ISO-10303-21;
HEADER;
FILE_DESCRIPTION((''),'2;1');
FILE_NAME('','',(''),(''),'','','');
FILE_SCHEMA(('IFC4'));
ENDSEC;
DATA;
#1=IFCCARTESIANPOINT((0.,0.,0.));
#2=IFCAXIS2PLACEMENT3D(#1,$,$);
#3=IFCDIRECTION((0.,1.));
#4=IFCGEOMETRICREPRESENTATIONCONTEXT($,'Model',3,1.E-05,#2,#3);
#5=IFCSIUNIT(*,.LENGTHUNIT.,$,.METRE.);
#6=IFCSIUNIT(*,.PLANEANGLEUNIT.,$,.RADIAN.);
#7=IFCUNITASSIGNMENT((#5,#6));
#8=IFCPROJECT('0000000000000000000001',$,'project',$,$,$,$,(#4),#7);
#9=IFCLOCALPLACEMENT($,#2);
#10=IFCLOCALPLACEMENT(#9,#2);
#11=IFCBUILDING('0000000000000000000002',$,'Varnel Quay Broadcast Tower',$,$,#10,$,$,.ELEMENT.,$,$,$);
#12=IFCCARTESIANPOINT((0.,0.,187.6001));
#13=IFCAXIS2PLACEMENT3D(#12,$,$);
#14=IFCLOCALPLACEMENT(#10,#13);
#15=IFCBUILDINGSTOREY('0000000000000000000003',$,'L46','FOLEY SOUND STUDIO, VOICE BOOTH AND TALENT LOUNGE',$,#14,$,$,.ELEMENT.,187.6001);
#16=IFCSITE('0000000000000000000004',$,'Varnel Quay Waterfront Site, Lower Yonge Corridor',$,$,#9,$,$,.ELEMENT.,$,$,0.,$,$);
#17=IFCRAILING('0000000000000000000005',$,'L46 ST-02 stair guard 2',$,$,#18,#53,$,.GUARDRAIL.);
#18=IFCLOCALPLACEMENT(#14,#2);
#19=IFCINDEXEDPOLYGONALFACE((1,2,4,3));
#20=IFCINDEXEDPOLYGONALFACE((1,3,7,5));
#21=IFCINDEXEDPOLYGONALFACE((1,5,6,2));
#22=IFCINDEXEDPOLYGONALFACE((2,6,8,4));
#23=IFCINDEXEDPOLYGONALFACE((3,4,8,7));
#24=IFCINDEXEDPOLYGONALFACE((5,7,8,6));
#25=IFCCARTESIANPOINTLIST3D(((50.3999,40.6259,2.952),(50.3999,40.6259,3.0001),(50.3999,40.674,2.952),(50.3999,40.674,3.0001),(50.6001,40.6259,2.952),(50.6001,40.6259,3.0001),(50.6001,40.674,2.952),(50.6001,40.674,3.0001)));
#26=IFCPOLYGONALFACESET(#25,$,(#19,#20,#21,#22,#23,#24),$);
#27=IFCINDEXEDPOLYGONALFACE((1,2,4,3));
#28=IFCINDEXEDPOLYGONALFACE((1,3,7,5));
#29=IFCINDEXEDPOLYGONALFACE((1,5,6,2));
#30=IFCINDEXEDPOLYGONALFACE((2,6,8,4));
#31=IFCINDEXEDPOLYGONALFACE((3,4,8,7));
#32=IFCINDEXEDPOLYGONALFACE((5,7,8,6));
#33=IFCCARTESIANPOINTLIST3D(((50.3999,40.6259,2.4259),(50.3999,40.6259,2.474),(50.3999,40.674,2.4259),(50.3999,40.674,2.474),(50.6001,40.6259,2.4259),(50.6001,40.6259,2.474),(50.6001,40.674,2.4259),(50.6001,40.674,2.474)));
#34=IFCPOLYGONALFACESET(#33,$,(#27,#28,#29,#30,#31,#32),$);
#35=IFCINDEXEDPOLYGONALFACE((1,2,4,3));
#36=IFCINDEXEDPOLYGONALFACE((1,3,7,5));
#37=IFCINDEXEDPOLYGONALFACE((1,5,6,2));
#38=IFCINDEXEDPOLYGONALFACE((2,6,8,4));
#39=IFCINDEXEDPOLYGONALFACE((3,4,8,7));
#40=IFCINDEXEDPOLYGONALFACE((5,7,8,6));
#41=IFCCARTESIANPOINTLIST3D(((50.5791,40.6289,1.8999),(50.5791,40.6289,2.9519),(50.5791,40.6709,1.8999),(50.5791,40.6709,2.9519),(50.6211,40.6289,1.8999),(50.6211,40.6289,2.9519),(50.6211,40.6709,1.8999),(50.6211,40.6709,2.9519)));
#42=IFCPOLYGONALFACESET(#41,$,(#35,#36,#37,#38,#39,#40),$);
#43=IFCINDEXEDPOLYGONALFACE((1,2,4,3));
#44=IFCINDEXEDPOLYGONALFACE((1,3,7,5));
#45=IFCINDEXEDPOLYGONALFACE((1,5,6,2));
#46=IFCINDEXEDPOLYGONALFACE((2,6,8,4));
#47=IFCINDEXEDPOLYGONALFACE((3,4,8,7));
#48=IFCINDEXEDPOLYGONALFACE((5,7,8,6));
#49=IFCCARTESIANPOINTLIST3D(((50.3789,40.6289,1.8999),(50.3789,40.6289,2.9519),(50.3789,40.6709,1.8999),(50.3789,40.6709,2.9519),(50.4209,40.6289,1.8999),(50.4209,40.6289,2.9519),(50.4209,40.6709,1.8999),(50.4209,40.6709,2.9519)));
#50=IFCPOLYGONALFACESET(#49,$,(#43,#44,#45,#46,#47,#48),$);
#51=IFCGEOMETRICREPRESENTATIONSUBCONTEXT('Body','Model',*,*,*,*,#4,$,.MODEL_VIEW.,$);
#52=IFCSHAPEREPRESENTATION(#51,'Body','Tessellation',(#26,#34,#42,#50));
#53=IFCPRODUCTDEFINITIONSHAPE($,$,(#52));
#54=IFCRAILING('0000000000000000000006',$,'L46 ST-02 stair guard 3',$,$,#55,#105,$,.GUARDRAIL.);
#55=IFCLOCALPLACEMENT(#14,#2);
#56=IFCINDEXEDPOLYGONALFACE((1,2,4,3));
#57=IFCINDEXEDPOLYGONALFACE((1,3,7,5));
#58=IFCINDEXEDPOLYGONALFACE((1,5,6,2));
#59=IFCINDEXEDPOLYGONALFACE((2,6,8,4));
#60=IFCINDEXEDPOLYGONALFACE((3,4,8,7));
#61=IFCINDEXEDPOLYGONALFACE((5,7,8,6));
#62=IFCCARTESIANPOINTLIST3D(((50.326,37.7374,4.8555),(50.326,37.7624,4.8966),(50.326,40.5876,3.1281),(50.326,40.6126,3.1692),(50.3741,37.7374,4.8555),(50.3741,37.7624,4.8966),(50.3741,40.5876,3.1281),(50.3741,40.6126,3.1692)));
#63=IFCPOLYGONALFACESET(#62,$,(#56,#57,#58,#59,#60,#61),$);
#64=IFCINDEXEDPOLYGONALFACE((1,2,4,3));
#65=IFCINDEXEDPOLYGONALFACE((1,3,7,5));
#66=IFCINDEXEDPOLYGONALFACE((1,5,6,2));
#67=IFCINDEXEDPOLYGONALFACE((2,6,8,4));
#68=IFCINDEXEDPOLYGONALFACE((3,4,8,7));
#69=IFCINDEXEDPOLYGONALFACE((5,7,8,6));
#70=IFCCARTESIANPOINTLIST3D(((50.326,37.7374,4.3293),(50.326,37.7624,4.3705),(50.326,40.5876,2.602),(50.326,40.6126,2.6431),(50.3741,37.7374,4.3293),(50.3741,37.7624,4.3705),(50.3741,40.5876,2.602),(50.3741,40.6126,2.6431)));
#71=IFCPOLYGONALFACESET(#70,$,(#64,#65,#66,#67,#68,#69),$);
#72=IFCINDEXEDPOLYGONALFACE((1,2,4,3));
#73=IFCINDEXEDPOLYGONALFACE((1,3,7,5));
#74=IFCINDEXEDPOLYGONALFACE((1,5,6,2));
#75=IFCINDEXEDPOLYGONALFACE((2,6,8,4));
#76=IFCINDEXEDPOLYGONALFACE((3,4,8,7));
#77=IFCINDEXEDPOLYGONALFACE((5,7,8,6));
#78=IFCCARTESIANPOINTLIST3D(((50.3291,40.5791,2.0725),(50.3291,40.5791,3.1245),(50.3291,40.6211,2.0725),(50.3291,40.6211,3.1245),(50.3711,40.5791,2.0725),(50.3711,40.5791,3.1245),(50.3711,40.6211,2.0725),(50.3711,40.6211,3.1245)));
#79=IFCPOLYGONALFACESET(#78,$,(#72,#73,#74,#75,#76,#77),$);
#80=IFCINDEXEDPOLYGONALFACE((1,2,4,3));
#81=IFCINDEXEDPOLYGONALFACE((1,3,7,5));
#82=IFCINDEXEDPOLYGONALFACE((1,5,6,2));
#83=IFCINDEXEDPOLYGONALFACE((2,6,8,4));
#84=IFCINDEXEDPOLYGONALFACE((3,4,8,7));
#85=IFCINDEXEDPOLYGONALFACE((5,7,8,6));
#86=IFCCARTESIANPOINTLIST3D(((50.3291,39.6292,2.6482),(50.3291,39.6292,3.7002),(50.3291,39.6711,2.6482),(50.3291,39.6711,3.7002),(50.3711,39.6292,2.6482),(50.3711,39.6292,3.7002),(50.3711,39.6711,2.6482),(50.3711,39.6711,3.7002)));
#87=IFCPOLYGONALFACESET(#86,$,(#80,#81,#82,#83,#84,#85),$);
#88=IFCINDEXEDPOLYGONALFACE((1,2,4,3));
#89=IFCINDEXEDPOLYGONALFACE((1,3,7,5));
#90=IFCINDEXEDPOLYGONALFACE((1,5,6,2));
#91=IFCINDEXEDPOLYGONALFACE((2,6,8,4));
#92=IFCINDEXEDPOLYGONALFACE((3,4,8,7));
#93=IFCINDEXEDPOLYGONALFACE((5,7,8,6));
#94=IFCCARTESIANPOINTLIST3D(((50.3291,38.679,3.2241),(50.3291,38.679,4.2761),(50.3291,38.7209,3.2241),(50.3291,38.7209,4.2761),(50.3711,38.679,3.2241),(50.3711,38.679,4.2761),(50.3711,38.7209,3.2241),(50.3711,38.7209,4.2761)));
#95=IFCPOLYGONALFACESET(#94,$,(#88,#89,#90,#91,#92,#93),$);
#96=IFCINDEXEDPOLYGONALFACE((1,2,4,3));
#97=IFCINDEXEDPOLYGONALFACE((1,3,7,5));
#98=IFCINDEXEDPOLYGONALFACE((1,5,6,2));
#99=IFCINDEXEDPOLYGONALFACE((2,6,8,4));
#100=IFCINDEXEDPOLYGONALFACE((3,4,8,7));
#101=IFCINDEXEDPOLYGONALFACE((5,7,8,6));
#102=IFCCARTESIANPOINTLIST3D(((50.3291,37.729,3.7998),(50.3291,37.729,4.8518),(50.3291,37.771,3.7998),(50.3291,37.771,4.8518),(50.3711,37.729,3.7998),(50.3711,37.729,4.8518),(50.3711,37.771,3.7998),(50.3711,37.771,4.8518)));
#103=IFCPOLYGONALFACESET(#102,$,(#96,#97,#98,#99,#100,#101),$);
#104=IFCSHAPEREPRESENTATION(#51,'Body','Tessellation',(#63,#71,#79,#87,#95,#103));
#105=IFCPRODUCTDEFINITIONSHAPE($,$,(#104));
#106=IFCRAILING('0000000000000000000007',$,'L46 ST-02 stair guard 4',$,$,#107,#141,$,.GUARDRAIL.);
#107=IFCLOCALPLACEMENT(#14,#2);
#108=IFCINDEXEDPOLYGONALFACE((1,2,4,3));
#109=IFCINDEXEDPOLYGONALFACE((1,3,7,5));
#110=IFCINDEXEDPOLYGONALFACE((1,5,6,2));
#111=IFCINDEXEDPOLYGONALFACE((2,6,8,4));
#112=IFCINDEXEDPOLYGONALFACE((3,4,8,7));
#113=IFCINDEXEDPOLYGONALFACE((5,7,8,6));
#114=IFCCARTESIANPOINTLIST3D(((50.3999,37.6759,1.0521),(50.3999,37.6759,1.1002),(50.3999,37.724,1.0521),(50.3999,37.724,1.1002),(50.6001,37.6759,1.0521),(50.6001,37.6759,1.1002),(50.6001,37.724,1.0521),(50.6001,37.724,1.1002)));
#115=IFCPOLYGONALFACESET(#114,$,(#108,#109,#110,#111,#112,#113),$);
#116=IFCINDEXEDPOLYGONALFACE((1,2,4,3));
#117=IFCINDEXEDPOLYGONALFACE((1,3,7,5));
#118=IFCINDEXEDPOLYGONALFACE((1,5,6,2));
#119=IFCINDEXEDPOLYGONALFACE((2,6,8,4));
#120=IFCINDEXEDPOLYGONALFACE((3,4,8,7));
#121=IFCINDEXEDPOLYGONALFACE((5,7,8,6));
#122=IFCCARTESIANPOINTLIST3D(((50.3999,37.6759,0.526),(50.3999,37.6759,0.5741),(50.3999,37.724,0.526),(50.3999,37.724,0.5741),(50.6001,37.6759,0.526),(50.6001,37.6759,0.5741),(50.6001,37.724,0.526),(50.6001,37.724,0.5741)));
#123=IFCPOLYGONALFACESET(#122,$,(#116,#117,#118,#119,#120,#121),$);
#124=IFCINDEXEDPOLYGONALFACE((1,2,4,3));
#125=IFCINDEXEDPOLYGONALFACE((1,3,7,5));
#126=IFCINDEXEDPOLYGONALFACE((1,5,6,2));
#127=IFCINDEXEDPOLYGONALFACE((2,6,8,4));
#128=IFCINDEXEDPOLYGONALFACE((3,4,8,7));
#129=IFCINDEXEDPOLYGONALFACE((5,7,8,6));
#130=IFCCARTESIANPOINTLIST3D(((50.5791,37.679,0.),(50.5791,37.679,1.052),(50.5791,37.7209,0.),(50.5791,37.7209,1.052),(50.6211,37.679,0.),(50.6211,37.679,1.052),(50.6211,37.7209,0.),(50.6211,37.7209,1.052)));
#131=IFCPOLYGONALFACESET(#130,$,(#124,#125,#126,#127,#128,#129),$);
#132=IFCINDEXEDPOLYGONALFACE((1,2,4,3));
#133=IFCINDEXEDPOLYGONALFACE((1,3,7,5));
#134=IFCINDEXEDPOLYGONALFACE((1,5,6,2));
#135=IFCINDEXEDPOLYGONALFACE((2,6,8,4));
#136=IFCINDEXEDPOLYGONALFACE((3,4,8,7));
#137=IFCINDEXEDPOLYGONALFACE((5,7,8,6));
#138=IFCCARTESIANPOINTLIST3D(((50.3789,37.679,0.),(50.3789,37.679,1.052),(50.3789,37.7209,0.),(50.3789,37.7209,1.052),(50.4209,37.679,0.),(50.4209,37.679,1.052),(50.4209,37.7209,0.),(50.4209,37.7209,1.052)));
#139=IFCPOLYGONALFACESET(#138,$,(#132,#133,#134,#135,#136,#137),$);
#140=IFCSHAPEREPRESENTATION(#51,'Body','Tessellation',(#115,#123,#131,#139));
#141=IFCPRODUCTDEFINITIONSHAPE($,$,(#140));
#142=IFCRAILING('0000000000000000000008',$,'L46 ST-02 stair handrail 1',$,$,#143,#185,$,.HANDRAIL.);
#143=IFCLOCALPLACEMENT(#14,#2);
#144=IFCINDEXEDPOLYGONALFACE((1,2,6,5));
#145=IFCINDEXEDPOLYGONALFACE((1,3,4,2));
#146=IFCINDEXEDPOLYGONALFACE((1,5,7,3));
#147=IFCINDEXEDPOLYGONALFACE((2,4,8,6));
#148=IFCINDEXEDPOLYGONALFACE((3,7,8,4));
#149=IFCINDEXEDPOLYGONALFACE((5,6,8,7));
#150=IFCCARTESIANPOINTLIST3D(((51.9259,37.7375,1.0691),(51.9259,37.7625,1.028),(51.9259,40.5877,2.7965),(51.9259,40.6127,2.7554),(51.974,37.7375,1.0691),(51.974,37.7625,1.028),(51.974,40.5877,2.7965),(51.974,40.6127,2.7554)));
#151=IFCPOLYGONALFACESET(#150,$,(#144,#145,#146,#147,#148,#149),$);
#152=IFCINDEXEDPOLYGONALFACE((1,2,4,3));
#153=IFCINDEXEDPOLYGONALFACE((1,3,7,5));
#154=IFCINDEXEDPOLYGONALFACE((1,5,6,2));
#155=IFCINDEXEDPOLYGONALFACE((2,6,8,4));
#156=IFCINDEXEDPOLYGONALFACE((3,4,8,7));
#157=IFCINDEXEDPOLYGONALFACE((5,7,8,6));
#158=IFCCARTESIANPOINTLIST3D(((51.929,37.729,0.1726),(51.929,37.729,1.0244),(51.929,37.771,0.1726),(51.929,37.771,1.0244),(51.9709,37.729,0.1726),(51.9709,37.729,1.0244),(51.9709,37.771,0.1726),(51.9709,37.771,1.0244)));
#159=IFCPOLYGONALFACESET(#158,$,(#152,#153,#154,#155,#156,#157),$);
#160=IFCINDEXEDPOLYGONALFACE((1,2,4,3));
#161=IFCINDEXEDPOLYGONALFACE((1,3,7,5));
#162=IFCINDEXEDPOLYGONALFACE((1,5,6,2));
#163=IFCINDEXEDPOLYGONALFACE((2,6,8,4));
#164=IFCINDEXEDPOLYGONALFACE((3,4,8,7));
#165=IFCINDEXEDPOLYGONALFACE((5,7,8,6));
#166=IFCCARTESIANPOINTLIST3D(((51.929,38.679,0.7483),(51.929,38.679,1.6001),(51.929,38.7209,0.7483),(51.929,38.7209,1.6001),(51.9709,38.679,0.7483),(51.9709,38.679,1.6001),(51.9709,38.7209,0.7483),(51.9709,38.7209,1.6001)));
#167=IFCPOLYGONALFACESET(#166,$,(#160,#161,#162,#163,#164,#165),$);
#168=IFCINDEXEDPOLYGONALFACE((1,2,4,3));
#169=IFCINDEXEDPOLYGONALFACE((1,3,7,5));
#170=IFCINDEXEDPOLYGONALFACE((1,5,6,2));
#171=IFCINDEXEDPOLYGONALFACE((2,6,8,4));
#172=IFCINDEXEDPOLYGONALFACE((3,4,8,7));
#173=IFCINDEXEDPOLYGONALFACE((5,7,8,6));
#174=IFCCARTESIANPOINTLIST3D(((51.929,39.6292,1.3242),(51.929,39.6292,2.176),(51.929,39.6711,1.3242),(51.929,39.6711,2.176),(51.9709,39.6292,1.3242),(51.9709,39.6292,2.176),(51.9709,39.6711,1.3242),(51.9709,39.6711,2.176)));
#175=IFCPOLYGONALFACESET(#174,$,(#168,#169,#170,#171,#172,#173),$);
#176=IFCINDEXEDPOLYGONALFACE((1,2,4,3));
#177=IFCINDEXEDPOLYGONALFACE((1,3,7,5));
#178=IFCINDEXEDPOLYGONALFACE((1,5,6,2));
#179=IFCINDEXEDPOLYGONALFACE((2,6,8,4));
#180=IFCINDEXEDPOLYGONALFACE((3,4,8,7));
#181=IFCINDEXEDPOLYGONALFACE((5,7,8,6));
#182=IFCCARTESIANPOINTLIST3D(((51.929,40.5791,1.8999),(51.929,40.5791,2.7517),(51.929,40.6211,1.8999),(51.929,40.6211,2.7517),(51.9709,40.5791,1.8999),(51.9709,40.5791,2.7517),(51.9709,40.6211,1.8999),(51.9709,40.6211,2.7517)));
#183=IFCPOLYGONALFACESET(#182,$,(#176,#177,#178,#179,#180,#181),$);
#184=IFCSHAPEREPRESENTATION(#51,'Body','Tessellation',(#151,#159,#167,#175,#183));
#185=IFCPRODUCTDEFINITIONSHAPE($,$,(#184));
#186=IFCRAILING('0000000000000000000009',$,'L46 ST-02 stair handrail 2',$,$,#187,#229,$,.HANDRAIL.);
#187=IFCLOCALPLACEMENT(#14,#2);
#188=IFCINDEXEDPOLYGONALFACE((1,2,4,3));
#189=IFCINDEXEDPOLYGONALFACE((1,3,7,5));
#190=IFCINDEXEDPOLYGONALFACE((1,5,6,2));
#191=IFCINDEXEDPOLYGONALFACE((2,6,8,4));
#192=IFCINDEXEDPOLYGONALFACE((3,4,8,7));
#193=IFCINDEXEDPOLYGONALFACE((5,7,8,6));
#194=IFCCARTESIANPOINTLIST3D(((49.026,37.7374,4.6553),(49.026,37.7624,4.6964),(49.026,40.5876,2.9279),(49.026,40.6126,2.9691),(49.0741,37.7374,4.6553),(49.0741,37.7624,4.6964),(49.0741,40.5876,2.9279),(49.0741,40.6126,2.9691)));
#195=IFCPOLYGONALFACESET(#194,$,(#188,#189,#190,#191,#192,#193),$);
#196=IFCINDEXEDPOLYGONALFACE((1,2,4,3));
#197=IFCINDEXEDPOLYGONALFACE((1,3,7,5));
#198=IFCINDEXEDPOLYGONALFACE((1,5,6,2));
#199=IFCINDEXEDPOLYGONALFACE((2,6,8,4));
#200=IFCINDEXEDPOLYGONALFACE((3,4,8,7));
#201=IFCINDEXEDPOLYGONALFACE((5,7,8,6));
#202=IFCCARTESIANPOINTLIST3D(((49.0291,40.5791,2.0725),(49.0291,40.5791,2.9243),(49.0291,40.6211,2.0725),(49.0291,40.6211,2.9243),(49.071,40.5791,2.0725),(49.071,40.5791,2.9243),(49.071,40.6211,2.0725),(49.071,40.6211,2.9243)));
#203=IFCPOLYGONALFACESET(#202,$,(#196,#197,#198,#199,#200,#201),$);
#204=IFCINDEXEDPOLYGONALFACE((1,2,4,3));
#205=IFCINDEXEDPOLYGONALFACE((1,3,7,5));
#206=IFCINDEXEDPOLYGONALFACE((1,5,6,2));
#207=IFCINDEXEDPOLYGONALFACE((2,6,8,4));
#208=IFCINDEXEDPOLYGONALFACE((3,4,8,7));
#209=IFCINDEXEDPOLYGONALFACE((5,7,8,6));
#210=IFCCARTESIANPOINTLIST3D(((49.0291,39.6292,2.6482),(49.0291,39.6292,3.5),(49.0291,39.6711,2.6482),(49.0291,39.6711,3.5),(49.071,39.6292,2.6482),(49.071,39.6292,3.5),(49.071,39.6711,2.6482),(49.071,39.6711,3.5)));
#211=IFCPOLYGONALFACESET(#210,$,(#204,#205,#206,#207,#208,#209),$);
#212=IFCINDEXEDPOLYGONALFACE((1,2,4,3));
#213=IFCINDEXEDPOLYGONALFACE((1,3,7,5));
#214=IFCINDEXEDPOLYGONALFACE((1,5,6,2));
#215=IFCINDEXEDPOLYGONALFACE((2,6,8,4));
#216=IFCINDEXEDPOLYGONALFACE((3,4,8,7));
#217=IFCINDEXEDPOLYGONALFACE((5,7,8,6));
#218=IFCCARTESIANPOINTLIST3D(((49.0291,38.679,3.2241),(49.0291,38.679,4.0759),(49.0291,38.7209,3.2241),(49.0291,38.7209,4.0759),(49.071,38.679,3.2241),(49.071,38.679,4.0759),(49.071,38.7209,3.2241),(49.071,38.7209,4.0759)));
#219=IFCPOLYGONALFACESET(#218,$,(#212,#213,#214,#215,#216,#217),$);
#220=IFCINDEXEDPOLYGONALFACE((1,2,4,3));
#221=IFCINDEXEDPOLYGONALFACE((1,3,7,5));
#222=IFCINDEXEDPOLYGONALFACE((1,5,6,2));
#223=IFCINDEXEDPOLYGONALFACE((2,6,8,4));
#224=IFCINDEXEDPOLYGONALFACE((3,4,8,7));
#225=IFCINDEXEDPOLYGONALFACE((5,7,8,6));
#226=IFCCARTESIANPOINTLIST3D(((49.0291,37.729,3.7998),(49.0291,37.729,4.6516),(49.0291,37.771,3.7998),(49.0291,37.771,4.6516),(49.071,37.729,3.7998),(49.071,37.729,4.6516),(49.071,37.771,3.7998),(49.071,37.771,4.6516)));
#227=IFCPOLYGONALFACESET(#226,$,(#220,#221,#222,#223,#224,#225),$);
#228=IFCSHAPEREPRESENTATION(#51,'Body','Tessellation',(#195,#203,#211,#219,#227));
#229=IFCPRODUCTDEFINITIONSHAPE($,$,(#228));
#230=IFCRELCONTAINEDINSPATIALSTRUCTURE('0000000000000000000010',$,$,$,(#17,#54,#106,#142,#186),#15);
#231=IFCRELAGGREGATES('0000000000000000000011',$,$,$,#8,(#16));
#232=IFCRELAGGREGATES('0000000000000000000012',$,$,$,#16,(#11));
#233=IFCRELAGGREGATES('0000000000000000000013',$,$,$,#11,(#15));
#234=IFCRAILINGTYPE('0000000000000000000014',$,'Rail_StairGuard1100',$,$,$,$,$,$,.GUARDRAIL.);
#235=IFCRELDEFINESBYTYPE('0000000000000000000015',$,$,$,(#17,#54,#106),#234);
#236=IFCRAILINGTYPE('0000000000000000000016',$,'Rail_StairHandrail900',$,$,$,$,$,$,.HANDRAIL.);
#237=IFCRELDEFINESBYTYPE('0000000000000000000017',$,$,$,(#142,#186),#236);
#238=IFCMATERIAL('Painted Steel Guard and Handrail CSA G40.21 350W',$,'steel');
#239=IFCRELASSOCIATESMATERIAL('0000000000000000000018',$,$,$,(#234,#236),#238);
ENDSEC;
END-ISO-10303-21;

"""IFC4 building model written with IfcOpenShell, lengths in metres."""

from ifc_helpers import new_model, si_unit, direction, frame, origin, origin_2d, place, context, subcontext, project, spatial, rectangle, extrude, material, type_object, element, save


model = new_model("IFC4")

# Units and contexts
model_context = context("Model", 3, precision=1e-05, world=origin(), true_north=direction((0.0, 1.0)))
body_context = subcontext(model_context, "Body", "Model", "MODEL_VIEW")
ifc_project = project(units=[si_unit("LENGTHUNIT", "METRE"), si_unit("PLANEANGLEUNIT", "RADIAN")], contexts=[model_context])

# Site, building, storey
site_placement = place(None, origin())
site = spatial("IfcSite", under=ifc_project, at=site_placement, Name="Varnel Quay Waterfront Site, Lower Yonge Corridor", CompositionType="ELEMENT", RefElevation=0.0)
building_placement = place(site_placement, origin())
building = spatial("IfcBuilding", under=site, at=building_placement, Name="Varnel Quay Broadcast Tower", CompositionType="ELEMENT")
storey_placement = place(building_placement, frame((0.0, 0.0, 187.6001)))
storey = spatial("IfcBuildingStorey", under=building, at=storey_placement, Name="L46", Description="FOLEY SOUND STUDIO, VOICE BOOTH AND TALENT LOUNGE", CompositionType="ELEMENT", Elevation=187.6001)

# Railings
ifc_material_1 = material(Name="Painted Steel Guard and Handrail CSA G40.21 350W", Category="steel")
railing_type_1 = type_object("IfcRailingType", Name="Rail_StairGuard1100", PredefinedType="GUARDRAIL", material=ifc_material_1)
railing_1_placement = place(storey_placement, frame((50.6001, 40.6499, 1.8999)))
element("IfcRailing", 1, at=railing_1_placement, inside=storey, type_object=railing_type_1, Name="L46 ST-02 stair guard 2", PredefinedType="GUARDRAIL", context=body_context, shape_type="SweptSolid", body=[
    extrude(rectangle(XDim=0.0481, YDim=0.0481, at=origin_2d()), frame((0.0, 0.0, 1.0762), z_axis=(-1.0, 0.0, 0.0), x_axis=(0.0, -1.0, 0.0)), (0.0, 0.0, 1.0), 0.2002),
    extrude(rectangle(XDim=0.0481, YDim=0.0481, at=origin_2d()), frame((0.0, 0.0, 0.55), z_axis=(-1.0, 0.0, 0.0), x_axis=(0.0, -1.0, 0.0)), (0.0, 0.0, 1.0), 0.2002),
    extrude(rectangle(XDim=0.042, YDim=0.042, at=origin_2d()), origin(), (0.0, 0.0, 1.0), 1.052),
    extrude(rectangle(XDim=0.042, YDim=0.042, at=origin_2d()), frame((-0.2002, 0.0, 0.0)), (0.0, 0.0, 1.0), 1.052),
])
railing_2_placement = place(storey_placement, frame((50.3501, 40.6001, 2.0725)))
element("IfcRailing", 2, at=railing_2_placement, inside=storey, type_object=railing_type_1, Name="L46 ST-02 stair guard 3", PredefinedType="GUARDRAIL", context=body_context, shape_type="SweptSolid", body=[
    extrude(rectangle(XDim=0.0481, YDim=0.0481, at=origin_2d()), frame((0.0, 0.0, 1.0762), z_axis=(0.0, -0.855203, 0.518294), x_axis=(1.0, 0.0, 0.0)), (0.0, 0.0, 1.0), 3.3328),
    extrude(rectangle(XDim=0.0481, YDim=0.0481, at=origin_2d()), frame((0.0, 0.0, 0.55), z_axis=(0.0, -0.855203, 0.518294), x_axis=(1.0, 0.0, 0.0)), (0.0, 0.0, 1.0), 3.3328),
    extrude(rectangle(XDim=0.042, YDim=0.042, at=origin_2d()), origin(), (0.0, 0.0, 1.0), 1.052),
    extrude(rectangle(XDim=0.042, YDim=0.042, at=origin_2d()), frame((0.0, -0.95, 0.5757)), (0.0, 0.0, 1.0), 1.052),
    extrude(rectangle(XDim=0.042, YDim=0.042, at=origin_2d()), frame((0.0, -1.9001, 1.1516)), (0.0, 0.0, 1.0), 1.052),
    extrude(rectangle(XDim=0.042, YDim=0.042, at=origin_2d()), frame((0.0, -2.8501, 1.7273)), (0.0, 0.0, 1.0), 1.052),
])
railing_3_placement = place(storey_placement, frame((50.6001, 37.7, 0.0)))
element("IfcRailing", 3, at=railing_3_placement, inside=storey, type_object=railing_type_1, Name="L46 ST-02 stair guard 4", PredefinedType="GUARDRAIL", context=body_context, shape_type="SweptSolid", body=[
    extrude(rectangle(XDim=0.0481, YDim=0.0481, at=origin_2d()), frame((0.0, 0.0, 1.0762), z_axis=(-1.0, 0.0, 0.0), x_axis=(0.0, -1.0, 0.0)), (0.0, 0.0, 1.0), 0.2002),
    extrude(rectangle(XDim=0.0481, YDim=0.0481, at=origin_2d()), frame((0.0, 0.0, 0.55), z_axis=(-1.0, 0.0, 0.0), x_axis=(0.0, -1.0, 0.0)), (0.0, 0.0, 1.0), 0.2002),
    extrude(rectangle(XDim=0.042, YDim=0.042, at=origin_2d()), origin(), (0.0, 0.0, 1.0), 1.052),
    extrude(rectangle(XDim=0.042, YDim=0.042, at=origin_2d()), frame((-0.2002, 0.0, 0.0)), (0.0, 0.0, 1.0), 1.052),
])
railing_type_2 = type_object("IfcRailingType", Name="Rail_StairHandrail900", PredefinedType="HANDRAIL", material=ifc_material_1)
railing_4_placement = place(storey_placement, frame((51.95, 37.75, 0.1726)))
element("IfcRailing", 4, at=railing_4_placement, inside=storey, type_object=railing_type_2, Name="L46 ST-02 stair handrail 1", PredefinedType="HANDRAIL", context=body_context, shape_type="SweptSolid", body=[
    extrude(rectangle(XDim=0.0481, YDim=0.0481, at=origin_2d()), frame((0.0, 0.0, 0.876), z_axis=(0.0, 0.855203, 0.518294), x_axis=(-1.0, 0.0, 0.0)), (0.0, 0.0, 1.0), 3.3328),
    extrude(rectangle(XDim=0.042, YDim=0.042, at=origin_2d()), origin(), (0.0, 0.0, 1.0), 0.8518),
    extrude(rectangle(XDim=0.042, YDim=0.042, at=origin_2d()), frame((0.0, 0.95, 0.5757)), (0.0, 0.0, 1.0), 0.8518),
    extrude(rectangle(XDim=0.042, YDim=0.042, at=origin_2d()), frame((0.0, 1.9001, 1.1516)), (0.0, 0.0, 1.0), 0.8518),
    extrude(rectangle(XDim=0.042, YDim=0.042, at=origin_2d()), frame((0.0, 2.8501, 1.7273)), (0.0, 0.0, 1.0), 0.8518),
])
railing_5_placement = place(storey_placement, frame((49.05, 40.6001, 2.0725)))
element("IfcRailing", 5, at=railing_5_placement, inside=storey, type_object=railing_type_2, Name="L46 ST-02 stair handrail 2", PredefinedType="HANDRAIL", context=body_context, shape_type="SweptSolid", body=[
    extrude(rectangle(XDim=0.0481, YDim=0.0481, at=origin_2d()), frame((0.0, 0.0, 0.876), z_axis=(0.0, -0.855203, 0.518294), x_axis=(1.0, 0.0, 0.0)), (0.0, 0.0, 1.0), 3.3328),
    extrude(rectangle(XDim=0.042, YDim=0.042, at=origin_2d()), origin(), (0.0, 0.0, 1.0), 0.8518),
    extrude(rectangle(XDim=0.042, YDim=0.042, at=origin_2d()), frame((0.0, -0.95, 0.5757)), (0.0, 0.0, 1.0), 0.8518),
    extrude(rectangle(XDim=0.042, YDim=0.042, at=origin_2d()), frame((0.0, -1.9001, 1.1516)), (0.0, 0.0, 1.0), 0.8518),
    extrude(rectangle(XDim=0.042, YDim=0.042, at=origin_2d()), frame((0.0, -2.8501, 1.7273)), (0.0, 0.0, 1.0), 0.8518),
])

save(model, "model.ifc")
